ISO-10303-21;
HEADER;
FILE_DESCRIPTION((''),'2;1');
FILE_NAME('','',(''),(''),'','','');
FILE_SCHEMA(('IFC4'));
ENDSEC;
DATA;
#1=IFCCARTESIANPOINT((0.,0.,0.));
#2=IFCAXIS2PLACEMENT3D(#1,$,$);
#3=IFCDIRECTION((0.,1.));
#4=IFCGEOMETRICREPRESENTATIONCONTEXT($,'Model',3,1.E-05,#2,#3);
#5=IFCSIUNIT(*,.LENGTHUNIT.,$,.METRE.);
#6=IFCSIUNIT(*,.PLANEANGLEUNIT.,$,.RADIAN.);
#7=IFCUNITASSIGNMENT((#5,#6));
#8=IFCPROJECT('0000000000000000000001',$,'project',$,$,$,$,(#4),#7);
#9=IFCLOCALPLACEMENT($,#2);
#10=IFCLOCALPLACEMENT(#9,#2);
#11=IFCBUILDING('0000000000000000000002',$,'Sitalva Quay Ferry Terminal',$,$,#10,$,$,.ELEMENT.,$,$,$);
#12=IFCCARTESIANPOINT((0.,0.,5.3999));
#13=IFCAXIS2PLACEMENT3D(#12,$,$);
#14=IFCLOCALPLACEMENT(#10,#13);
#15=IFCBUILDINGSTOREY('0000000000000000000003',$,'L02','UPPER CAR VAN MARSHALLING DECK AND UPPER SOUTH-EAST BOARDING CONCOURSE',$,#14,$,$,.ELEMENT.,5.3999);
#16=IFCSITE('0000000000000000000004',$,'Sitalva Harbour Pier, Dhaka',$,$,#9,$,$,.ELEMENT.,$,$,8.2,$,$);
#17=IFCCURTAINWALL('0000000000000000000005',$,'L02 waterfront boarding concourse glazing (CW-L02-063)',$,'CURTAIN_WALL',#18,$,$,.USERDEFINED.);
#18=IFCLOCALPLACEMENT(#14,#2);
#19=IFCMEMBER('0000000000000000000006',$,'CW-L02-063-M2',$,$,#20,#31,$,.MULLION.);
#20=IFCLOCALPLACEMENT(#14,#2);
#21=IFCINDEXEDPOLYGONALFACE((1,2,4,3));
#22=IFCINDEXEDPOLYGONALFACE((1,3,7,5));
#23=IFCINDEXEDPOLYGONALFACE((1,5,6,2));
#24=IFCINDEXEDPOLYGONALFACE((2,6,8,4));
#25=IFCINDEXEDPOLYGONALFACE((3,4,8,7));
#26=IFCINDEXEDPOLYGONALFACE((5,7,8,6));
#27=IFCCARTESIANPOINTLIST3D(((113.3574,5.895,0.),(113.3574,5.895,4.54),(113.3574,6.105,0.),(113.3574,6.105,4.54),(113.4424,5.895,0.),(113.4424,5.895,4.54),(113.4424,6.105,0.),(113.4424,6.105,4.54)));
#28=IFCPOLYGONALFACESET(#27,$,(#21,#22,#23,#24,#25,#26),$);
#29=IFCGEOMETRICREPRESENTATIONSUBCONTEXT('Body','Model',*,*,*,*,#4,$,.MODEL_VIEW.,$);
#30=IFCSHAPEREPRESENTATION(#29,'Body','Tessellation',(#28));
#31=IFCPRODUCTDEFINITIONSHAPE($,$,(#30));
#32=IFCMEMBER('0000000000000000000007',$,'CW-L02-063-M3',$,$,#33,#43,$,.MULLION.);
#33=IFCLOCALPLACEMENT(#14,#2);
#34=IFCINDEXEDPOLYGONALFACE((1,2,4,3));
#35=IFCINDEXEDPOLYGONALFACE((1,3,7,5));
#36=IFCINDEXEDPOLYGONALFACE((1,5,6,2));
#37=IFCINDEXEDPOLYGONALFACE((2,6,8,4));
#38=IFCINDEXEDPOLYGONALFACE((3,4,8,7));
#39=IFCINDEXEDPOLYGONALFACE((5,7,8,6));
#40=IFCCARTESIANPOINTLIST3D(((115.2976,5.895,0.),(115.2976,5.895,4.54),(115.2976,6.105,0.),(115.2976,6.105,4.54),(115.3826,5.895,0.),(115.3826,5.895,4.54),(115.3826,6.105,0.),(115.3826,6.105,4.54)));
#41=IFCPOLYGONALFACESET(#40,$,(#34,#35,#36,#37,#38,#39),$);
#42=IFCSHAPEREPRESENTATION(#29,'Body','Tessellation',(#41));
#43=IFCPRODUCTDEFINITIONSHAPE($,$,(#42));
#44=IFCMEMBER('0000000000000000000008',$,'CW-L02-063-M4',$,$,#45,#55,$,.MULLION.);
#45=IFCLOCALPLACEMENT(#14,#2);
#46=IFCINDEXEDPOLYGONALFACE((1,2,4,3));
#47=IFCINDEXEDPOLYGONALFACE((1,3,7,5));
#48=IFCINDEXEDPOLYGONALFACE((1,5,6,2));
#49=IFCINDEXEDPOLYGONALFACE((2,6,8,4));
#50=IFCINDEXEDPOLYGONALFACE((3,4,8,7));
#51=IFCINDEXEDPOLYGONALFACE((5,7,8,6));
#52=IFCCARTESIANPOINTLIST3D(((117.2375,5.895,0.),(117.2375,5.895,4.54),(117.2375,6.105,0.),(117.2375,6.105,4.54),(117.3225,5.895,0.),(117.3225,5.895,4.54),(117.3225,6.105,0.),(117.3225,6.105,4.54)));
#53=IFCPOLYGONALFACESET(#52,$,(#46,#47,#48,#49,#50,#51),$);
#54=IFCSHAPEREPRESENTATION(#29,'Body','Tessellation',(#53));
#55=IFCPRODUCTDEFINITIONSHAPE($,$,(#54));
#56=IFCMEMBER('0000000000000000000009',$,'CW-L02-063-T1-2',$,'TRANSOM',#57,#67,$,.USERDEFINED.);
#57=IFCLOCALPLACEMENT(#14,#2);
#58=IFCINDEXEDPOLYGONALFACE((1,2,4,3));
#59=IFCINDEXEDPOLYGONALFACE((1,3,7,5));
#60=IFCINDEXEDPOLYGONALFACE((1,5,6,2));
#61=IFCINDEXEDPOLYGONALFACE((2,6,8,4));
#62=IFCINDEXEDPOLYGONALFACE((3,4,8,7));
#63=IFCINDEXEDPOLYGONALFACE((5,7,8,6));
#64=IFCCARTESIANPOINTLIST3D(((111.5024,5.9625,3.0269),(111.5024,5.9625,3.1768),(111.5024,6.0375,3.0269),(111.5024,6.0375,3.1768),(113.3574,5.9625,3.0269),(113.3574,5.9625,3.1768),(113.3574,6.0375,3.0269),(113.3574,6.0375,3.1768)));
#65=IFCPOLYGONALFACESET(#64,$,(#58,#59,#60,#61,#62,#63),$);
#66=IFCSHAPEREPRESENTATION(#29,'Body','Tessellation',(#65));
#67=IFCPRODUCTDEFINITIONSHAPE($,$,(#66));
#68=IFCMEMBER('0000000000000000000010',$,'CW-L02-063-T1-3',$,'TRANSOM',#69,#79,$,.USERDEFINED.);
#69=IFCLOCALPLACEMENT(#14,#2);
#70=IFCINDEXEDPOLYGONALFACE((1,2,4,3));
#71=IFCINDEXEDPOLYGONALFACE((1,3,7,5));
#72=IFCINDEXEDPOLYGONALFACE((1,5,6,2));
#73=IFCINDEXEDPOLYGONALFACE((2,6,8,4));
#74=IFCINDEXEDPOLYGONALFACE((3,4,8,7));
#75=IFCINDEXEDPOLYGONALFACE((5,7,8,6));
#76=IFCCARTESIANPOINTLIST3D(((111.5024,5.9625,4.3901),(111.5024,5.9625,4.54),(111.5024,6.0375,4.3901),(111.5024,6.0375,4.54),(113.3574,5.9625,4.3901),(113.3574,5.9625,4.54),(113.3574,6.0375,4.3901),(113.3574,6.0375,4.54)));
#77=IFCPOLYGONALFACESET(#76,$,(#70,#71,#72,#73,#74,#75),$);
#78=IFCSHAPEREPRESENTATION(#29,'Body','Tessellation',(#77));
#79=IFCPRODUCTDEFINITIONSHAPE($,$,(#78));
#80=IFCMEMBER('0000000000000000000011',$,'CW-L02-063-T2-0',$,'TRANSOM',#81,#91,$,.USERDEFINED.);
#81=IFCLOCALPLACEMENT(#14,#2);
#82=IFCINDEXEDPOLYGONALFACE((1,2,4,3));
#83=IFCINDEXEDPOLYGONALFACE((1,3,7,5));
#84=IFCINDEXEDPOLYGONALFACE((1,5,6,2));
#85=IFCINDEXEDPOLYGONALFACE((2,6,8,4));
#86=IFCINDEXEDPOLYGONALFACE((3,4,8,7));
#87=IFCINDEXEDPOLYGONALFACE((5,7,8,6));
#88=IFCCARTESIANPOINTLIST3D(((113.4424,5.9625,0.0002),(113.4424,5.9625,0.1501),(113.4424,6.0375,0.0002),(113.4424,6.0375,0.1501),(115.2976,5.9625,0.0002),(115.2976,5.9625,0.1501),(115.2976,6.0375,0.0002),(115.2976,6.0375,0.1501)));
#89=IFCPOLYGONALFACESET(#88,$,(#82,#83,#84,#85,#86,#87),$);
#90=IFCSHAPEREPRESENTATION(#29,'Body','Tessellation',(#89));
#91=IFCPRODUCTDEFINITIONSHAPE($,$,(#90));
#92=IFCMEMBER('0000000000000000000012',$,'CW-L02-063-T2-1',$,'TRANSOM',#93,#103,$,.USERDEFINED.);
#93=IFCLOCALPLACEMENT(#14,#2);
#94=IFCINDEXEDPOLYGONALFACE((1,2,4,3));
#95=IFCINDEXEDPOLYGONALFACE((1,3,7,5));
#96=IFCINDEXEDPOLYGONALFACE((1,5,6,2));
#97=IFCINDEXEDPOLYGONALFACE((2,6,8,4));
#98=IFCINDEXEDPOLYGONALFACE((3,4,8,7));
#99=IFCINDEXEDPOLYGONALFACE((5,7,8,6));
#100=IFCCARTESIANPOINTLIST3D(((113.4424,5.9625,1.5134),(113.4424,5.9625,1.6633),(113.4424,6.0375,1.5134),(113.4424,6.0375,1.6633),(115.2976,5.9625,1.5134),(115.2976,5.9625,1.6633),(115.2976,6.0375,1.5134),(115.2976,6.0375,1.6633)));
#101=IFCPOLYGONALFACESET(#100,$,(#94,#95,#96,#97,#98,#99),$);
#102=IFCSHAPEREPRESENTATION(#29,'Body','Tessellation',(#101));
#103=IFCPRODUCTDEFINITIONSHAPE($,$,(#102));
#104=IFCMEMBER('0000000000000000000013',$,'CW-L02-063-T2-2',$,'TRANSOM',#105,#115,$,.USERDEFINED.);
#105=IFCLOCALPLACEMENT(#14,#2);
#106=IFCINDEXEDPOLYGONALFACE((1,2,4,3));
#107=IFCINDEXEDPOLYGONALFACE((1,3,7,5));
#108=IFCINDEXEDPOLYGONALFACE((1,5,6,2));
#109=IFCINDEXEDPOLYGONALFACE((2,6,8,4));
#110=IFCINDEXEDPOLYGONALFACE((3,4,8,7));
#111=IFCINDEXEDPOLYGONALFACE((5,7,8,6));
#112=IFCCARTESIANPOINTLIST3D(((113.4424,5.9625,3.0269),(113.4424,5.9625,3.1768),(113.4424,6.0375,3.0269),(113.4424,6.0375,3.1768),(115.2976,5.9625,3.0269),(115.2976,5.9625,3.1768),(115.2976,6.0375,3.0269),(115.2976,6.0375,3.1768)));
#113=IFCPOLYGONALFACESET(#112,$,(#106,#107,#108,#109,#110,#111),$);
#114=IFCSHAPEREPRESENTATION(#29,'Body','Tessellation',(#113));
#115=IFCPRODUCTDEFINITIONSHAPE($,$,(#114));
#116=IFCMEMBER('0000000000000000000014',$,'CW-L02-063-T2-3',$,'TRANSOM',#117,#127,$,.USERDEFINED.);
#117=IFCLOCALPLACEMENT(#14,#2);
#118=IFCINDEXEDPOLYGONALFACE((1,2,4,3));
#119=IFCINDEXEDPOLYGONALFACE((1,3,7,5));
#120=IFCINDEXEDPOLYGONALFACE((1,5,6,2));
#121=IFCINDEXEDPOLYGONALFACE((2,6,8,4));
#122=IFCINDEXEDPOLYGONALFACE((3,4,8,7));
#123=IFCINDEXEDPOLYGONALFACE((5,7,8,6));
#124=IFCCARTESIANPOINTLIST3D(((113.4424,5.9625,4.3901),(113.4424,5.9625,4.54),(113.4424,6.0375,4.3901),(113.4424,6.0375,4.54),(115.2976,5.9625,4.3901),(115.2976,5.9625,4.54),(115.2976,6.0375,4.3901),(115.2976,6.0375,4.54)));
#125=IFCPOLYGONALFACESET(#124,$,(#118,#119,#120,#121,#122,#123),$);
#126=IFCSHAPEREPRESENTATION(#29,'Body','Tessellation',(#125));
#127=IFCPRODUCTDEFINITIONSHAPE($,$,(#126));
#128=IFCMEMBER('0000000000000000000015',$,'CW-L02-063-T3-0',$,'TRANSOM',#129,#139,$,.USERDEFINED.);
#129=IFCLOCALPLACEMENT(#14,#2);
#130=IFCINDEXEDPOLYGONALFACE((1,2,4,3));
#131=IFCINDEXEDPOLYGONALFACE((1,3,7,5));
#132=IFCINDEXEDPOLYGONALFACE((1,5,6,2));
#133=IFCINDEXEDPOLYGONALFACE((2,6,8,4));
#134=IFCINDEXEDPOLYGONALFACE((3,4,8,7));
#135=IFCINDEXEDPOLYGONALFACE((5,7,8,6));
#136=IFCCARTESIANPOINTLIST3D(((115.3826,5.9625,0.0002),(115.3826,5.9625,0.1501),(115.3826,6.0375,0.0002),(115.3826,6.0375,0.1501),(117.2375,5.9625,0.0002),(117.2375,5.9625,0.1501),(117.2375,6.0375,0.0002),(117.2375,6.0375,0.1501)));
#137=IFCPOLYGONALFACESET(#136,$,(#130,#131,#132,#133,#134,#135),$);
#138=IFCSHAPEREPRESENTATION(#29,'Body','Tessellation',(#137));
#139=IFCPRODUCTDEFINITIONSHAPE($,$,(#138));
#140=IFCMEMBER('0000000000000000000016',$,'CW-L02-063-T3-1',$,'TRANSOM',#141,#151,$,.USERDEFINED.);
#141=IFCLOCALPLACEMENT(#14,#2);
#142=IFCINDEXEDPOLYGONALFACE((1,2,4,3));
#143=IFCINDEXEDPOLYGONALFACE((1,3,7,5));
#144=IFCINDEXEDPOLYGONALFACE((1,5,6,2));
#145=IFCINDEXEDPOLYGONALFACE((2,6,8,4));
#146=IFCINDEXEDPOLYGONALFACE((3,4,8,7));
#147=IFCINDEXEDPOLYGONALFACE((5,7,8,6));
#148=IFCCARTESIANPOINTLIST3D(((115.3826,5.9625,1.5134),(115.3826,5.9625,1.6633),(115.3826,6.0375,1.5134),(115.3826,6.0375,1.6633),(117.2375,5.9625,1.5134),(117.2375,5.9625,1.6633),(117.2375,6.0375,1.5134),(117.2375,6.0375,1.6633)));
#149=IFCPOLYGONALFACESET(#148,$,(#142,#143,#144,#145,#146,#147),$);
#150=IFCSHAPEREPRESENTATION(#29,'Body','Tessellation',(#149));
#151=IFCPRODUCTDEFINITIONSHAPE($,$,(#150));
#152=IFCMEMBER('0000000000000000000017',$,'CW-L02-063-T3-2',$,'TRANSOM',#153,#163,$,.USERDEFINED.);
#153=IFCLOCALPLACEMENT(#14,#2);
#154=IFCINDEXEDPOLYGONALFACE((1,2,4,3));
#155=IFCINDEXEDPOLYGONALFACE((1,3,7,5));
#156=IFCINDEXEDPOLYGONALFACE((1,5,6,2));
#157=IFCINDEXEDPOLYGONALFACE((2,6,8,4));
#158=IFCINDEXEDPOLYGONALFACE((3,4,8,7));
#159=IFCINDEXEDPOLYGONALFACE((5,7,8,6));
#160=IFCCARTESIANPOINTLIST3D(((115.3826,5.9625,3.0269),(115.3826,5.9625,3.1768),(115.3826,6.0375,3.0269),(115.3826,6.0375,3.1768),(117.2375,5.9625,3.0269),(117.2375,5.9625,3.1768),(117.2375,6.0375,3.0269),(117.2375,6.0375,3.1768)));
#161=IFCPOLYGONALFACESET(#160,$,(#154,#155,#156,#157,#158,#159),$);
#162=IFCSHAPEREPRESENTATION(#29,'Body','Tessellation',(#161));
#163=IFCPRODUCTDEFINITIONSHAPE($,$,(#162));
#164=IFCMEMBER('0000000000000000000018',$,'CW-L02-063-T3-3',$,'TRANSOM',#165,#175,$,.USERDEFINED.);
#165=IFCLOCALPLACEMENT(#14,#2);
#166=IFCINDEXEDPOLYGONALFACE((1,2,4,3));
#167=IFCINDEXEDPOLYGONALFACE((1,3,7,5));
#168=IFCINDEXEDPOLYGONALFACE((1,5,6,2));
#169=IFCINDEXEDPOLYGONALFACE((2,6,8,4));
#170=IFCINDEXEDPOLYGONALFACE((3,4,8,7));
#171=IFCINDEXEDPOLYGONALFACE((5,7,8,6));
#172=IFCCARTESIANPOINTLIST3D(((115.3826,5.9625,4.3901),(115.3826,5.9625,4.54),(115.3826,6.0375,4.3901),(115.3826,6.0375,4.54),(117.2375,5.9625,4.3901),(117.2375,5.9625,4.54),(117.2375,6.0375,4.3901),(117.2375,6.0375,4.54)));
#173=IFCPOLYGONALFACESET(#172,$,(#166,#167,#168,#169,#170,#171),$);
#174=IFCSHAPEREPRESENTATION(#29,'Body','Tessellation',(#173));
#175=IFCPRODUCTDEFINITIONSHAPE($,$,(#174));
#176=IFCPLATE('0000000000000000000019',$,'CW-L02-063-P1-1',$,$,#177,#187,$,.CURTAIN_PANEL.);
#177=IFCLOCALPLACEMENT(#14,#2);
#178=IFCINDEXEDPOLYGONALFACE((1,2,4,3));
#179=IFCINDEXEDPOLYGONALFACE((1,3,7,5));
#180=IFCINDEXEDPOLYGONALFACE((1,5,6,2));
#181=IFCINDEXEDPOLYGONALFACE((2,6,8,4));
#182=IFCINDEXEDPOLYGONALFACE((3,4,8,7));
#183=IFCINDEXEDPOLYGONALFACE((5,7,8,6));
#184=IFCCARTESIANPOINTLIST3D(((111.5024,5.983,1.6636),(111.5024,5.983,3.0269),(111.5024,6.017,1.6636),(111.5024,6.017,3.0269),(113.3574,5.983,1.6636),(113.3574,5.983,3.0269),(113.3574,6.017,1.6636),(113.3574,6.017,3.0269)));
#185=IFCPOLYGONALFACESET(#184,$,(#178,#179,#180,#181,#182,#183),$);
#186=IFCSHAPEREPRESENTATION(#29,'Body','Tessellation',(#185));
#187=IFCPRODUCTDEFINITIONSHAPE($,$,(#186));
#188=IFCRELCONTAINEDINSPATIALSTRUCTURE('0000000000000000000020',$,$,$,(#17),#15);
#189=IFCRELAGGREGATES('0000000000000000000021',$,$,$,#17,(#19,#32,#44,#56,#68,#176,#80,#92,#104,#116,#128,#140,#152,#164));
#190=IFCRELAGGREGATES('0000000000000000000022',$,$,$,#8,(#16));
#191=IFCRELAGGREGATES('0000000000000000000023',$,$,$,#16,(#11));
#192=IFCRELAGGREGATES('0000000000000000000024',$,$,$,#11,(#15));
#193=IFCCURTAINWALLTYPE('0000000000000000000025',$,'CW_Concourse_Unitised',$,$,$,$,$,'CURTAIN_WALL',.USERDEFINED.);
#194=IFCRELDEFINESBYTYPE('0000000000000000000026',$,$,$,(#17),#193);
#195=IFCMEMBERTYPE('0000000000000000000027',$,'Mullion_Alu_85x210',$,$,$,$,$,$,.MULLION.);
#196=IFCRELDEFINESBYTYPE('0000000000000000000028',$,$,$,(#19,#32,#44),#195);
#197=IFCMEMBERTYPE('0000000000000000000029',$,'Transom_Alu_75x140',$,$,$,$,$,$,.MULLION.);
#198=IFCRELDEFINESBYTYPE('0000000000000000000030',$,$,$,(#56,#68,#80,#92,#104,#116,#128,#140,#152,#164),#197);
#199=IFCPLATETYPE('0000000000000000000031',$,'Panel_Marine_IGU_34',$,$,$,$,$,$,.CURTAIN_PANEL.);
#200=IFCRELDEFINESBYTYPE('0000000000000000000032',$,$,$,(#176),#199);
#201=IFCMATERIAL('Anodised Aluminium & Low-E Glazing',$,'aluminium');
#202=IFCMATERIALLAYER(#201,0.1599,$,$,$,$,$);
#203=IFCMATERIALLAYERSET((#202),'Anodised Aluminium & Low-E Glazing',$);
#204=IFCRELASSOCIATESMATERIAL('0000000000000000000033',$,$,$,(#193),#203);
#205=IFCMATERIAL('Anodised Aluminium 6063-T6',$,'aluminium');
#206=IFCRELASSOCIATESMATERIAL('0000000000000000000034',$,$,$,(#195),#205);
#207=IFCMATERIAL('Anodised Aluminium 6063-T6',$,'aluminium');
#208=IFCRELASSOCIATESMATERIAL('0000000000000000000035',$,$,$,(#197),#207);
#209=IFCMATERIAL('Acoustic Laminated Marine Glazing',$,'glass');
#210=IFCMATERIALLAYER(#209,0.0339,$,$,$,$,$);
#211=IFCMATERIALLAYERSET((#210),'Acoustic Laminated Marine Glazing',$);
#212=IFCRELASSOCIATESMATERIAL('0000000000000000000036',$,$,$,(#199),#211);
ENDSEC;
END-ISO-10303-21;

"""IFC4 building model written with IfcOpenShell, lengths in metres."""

from ifc_helpers import new_model, si_unit, direction, frame, origin, origin_2d, place, context, subcontext, project, spatial, rectangle, extrude, material, layer, layer_set, material_profile, profile_set, type_object, element, aggregate, save


model = new_model("IFC4")

# Units and contexts
model_context = context("Model", 3, precision=1e-05, world=origin(), true_north=direction((0.0, 1.0)))
body_context = subcontext(model_context, "Body", "Model", "MODEL_VIEW")
ifc_project = project(units=[si_unit("LENGTHUNIT", "METRE"), si_unit("PLANEANGLEUNIT", "RADIAN")], contexts=[model_context])

# Site, building, storey
site_placement = place(None, origin())
site = spatial("IfcSite", under=ifc_project, at=site_placement, Name="Sitalva Harbour Pier, Dhaka", CompositionType="ELEMENT", RefElevation=8.2)
building_placement = place(site_placement, origin())
building = spatial("IfcBuilding", under=site, at=building_placement, Name="Sitalva Quay Ferry Terminal", CompositionType="ELEMENT")
storey_placement = place(building_placement, frame((0.0, 0.0, 5.3999)))
storey = spatial("IfcBuildingStorey", under=building, at=storey_placement, Name="L02", Description="UPPER CAR VAN MARSHALLING DECK AND UPPER SOUTH-EAST BOARDING CONCOURSE", CompositionType="ELEMENT", Elevation=5.3999)

# Curtain wall, members, plate
ifc_material_1 = material(Name="Anodised Aluminium & Low-E Glazing", Category="aluminium")
ifc_layer_1 = layer(ifc_material_1, 0.1599)
ifc_layer_set_1 = layer_set([ifc_layer_1], Name="Anodised Aluminium & Low-E Glazing")
curtain_wall_type = type_object("IfcCurtainWallType", Name="CW_Concourse_Unitised", ElementType="CURTAIN_WALL", PredefinedType="USERDEFINED", material=ifc_layer_set_1)
curtain_wall_placement = place(storey_placement, origin())
curtain_wall = element("IfcCurtainWall", 1, at=curtain_wall_placement, inside=storey, type_object=curtain_wall_type, Name="L02 waterfront boarding concourse glazing (CW-L02-063)", ObjectType="CURTAIN_WALL", PredefinedType="USERDEFINED")
ifc_material_2 = material(Name="Anodised Aluminium 6063-T6", Category="aluminium")
ifc_material_profile_1 = material_profile(ifc_material_2, rectangle(XDim=0.085, YDim=0.21, at=origin_2d()), Name="ALU85x210")
ifc_profile_set_1 = profile_set([ifc_material_profile_1], Name="Anodised Aluminium 6063-T6")
member_type_1 = type_object("IfcMemberType", Name="Mullion_Alu_85x210", PredefinedType="MULLION", material=ifc_profile_set_1)
member_1_placement = place(storey_placement, frame((113.3999, 6.0, 0.0), z_axis=(0.0, 0.0, 1.0), x_axis=(1.0, 0.0, 0.0)))
member_1 = element("IfcMember", 2, at=member_1_placement, type_object=member_type_1, Name="CW-L02-063-M2", PredefinedType="MULLION", context=body_context, shape_type="SweptSolid", body=[
    extrude(rectangle(XDim=0.085, YDim=0.21, at=origin_2d()), origin(), (0.0, 0.0, 1.0), 4.54),
])
member_2_placement = place(storey_placement, frame((115.3401, 6.0, 0.0), z_axis=(0.0, 0.0, 1.0), x_axis=(1.0, 0.0, 0.0)))
member_2 = element("IfcMember", 3, at=member_2_placement, type_object=member_type_1, Name="CW-L02-063-M3", PredefinedType="MULLION", context=body_context, shape_type="SweptSolid", body=[
    extrude(rectangle(XDim=0.085, YDim=0.21, at=origin_2d()), origin(), (0.0, 0.0, 1.0), 4.54),
])
member_3_placement = place(storey_placement, frame((117.28, 6.0, 0.0), z_axis=(0.0, 0.0, 1.0), x_axis=(1.0, 0.0, 0.0)))
member_3 = element("IfcMember", 4, at=member_3_placement, type_object=member_type_1, Name="CW-L02-063-M4", PredefinedType="MULLION", context=body_context, shape_type="SweptSolid", body=[
    extrude(rectangle(XDim=0.085, YDim=0.21, at=origin_2d()), origin(), (0.0, 0.0, 1.0), 4.54),
])
ifc_material_3 = material(Name="Anodised Aluminium 6063-T6", Category="aluminium")
ifc_material_profile_2 = material_profile(ifc_material_3, rectangle(XDim=0.075, YDim=0.1499, at=origin_2d()), Name="ALU75x150")
ifc_profile_set_2 = profile_set([ifc_material_profile_2], Name="Anodised Aluminium 6063-T6")
member_type_2 = type_object("IfcMemberType", Name="Transom_Alu_75x140", PredefinedType="MULLION", material=ifc_profile_set_2)
member_4_placement = place(storey_placement, frame((111.5024, 6.0, 3.1018), z_axis=(1.0, 0.0, 0.0), x_axis=(0.0, 1.0, 0.0)))
member_4 = element("IfcMember", 5, at=member_4_placement, type_object=member_type_2, Name="CW-L02-063-T1-2", ObjectType="TRANSOM", PredefinedType="USERDEFINED", context=body_context, shape_type="SweptSolid", body=[
    extrude(rectangle(XDim=0.075, YDim=0.1499, at=origin_2d()), origin(), (0.0, 0.0, 1.0), 1.855),
])
member_5_placement = place(storey_placement, frame((111.5024, 6.0, 4.4651), z_axis=(1.0, 0.0, 0.0), x_axis=(0.0, 1.0, 0.0)))
member_5 = element("IfcMember", 6, at=member_5_placement, type_object=member_type_2, Name="CW-L02-063-T1-3", ObjectType="TRANSOM", PredefinedType="USERDEFINED", context=body_context, shape_type="SweptSolid", body=[
    extrude(rectangle(XDim=0.075, YDim=0.1499, at=origin_2d()), origin(), (0.0, 0.0, 1.0), 1.855),
])
member_6_placement = place(storey_placement, frame((113.4424, 6.0, 0.0752), z_axis=(1.0, 0.0, 0.0), x_axis=(0.0, 1.0, 0.0)))
member_6 = element("IfcMember", 7, at=member_6_placement, type_object=member_type_2, Name="CW-L02-063-T2-0", ObjectType="TRANSOM", PredefinedType="USERDEFINED", context=body_context, shape_type="SweptSolid", body=[
    extrude(rectangle(XDim=0.075, YDim=0.1499, at=origin_2d()), origin(), (0.0, 0.0, 1.0), 1.8552),
])
member_7_placement = place(storey_placement, frame((113.4424, 6.0, 1.5884), z_axis=(1.0, 0.0, 0.0), x_axis=(0.0, 1.0, 0.0)))
member_7 = element("IfcMember", 8, at=member_7_placement, type_object=member_type_2, Name="CW-L02-063-T2-1", ObjectType="TRANSOM", PredefinedType="USERDEFINED", context=body_context, shape_type="SweptSolid", body=[
    extrude(rectangle(XDim=0.075, YDim=0.1499, at=origin_2d()), origin(), (0.0, 0.0, 1.0), 1.8552),
])
member_8_placement = place(storey_placement, frame((113.4424, 6.0, 3.1018), z_axis=(1.0, 0.0, 0.0), x_axis=(0.0, 1.0, 0.0)))
member_8 = element("IfcMember", 9, at=member_8_placement, type_object=member_type_2, Name="CW-L02-063-T2-2", ObjectType="TRANSOM", PredefinedType="USERDEFINED", context=body_context, shape_type="SweptSolid", body=[
    extrude(rectangle(XDim=0.075, YDim=0.1499, at=origin_2d()), origin(), (0.0, 0.0, 1.0), 1.8552),
])
member_9_placement = place(storey_placement, frame((113.4424, 6.0, 4.4651), z_axis=(1.0, 0.0, 0.0), x_axis=(0.0, 1.0, 0.0)))
member_9 = element("IfcMember", 10, at=member_9_placement, type_object=member_type_2, Name="CW-L02-063-T2-3", ObjectType="TRANSOM", PredefinedType="USERDEFINED", context=body_context, shape_type="SweptSolid", body=[
    extrude(rectangle(XDim=0.075, YDim=0.1499, at=origin_2d()), origin(), (0.0, 0.0, 1.0), 1.8552),
])
member_10_placement = place(storey_placement, frame((115.3826, 6.0, 0.0752), z_axis=(1.0, 0.0, 0.0), x_axis=(0.0, 1.0, 0.0)))
member_10 = element("IfcMember", 11, at=member_10_placement, type_object=member_type_2, Name="CW-L02-063-T3-0", ObjectType="TRANSOM", PredefinedType="USERDEFINED", context=body_context, shape_type="SweptSolid", body=[
    extrude(rectangle(XDim=0.075, YDim=0.1499, at=origin_2d()), origin(), (0.0, 0.0, 1.0), 1.855),
])
member_11_placement = place(storey_placement, frame((115.3826, 6.0, 1.5884), z_axis=(1.0, 0.0, 0.0), x_axis=(0.0, 1.0, 0.0)))
member_11 = element("IfcMember", 12, at=member_11_placement, type_object=member_type_2, Name="CW-L02-063-T3-1", ObjectType="TRANSOM", PredefinedType="USERDEFINED", context=body_context, shape_type="SweptSolid", body=[
    extrude(rectangle(XDim=0.075, YDim=0.1499, at=origin_2d()), origin(), (0.0, 0.0, 1.0), 1.855),
])
member_12_placement = place(storey_placement, frame((115.3826, 6.0, 3.1018), z_axis=(1.0, 0.0, 0.0), x_axis=(0.0, 1.0, 0.0)))
member_12 = element("IfcMember", 13, at=member_12_placement, type_object=member_type_2, Name="CW-L02-063-T3-2", ObjectType="TRANSOM", PredefinedType="USERDEFINED", context=body_context, shape_type="SweptSolid", body=[
    extrude(rectangle(XDim=0.075, YDim=0.1499, at=origin_2d()), origin(), (0.0, 0.0, 1.0), 1.855),
])
member_13_placement = place(storey_placement, frame((115.3826, 6.0, 4.4651), z_axis=(1.0, 0.0, 0.0), x_axis=(0.0, 1.0, 0.0)))
member_13 = element("IfcMember", 14, at=member_13_placement, type_object=member_type_2, Name="CW-L02-063-T3-3", ObjectType="TRANSOM", PredefinedType="USERDEFINED", context=body_context, shape_type="SweptSolid", body=[
    extrude(rectangle(XDim=0.075, YDim=0.1499, at=origin_2d()), origin(), (0.0, 0.0, 1.0), 1.855),
])
ifc_material_4 = material(Name="Acoustic Laminated Marine Glazing", Category="glass")
ifc_layer_2 = layer(ifc_material_4, 0.0339)
ifc_layer_set_2 = layer_set([ifc_layer_2], Name="Acoustic Laminated Marine Glazing")
plate_type_1 = type_object("IfcPlateType", Name="Panel_Marine_IGU_34", PredefinedType="CURTAIN_PANEL", material=ifc_layer_set_2)
plate_1_placement = place(storey_placement, frame((112.4299, 6.0, 1.6636), z_axis=(0.0, 0.0, 1.0), x_axis=(1.0, 0.0, 0.0)))
plate_1 = element("IfcPlate", 15, at=plate_1_placement, type_object=plate_type_1, Name="CW-L02-063-P1-1", PredefinedType="CURTAIN_PANEL", context=body_context, shape_type="SweptSolid", body=[
    extrude(rectangle(XDim=1.855, YDim=0.0339, at=origin_2d()), origin(), (0.0, 0.0, 1.0), 1.3633),
])
aggregate(curtain_wall, [member_1, member_2, member_3, member_4, member_5, plate_1, member_6, member_7, member_8, member_9, member_10, member_11, member_12, member_13])

save(model, "model.ifc")
